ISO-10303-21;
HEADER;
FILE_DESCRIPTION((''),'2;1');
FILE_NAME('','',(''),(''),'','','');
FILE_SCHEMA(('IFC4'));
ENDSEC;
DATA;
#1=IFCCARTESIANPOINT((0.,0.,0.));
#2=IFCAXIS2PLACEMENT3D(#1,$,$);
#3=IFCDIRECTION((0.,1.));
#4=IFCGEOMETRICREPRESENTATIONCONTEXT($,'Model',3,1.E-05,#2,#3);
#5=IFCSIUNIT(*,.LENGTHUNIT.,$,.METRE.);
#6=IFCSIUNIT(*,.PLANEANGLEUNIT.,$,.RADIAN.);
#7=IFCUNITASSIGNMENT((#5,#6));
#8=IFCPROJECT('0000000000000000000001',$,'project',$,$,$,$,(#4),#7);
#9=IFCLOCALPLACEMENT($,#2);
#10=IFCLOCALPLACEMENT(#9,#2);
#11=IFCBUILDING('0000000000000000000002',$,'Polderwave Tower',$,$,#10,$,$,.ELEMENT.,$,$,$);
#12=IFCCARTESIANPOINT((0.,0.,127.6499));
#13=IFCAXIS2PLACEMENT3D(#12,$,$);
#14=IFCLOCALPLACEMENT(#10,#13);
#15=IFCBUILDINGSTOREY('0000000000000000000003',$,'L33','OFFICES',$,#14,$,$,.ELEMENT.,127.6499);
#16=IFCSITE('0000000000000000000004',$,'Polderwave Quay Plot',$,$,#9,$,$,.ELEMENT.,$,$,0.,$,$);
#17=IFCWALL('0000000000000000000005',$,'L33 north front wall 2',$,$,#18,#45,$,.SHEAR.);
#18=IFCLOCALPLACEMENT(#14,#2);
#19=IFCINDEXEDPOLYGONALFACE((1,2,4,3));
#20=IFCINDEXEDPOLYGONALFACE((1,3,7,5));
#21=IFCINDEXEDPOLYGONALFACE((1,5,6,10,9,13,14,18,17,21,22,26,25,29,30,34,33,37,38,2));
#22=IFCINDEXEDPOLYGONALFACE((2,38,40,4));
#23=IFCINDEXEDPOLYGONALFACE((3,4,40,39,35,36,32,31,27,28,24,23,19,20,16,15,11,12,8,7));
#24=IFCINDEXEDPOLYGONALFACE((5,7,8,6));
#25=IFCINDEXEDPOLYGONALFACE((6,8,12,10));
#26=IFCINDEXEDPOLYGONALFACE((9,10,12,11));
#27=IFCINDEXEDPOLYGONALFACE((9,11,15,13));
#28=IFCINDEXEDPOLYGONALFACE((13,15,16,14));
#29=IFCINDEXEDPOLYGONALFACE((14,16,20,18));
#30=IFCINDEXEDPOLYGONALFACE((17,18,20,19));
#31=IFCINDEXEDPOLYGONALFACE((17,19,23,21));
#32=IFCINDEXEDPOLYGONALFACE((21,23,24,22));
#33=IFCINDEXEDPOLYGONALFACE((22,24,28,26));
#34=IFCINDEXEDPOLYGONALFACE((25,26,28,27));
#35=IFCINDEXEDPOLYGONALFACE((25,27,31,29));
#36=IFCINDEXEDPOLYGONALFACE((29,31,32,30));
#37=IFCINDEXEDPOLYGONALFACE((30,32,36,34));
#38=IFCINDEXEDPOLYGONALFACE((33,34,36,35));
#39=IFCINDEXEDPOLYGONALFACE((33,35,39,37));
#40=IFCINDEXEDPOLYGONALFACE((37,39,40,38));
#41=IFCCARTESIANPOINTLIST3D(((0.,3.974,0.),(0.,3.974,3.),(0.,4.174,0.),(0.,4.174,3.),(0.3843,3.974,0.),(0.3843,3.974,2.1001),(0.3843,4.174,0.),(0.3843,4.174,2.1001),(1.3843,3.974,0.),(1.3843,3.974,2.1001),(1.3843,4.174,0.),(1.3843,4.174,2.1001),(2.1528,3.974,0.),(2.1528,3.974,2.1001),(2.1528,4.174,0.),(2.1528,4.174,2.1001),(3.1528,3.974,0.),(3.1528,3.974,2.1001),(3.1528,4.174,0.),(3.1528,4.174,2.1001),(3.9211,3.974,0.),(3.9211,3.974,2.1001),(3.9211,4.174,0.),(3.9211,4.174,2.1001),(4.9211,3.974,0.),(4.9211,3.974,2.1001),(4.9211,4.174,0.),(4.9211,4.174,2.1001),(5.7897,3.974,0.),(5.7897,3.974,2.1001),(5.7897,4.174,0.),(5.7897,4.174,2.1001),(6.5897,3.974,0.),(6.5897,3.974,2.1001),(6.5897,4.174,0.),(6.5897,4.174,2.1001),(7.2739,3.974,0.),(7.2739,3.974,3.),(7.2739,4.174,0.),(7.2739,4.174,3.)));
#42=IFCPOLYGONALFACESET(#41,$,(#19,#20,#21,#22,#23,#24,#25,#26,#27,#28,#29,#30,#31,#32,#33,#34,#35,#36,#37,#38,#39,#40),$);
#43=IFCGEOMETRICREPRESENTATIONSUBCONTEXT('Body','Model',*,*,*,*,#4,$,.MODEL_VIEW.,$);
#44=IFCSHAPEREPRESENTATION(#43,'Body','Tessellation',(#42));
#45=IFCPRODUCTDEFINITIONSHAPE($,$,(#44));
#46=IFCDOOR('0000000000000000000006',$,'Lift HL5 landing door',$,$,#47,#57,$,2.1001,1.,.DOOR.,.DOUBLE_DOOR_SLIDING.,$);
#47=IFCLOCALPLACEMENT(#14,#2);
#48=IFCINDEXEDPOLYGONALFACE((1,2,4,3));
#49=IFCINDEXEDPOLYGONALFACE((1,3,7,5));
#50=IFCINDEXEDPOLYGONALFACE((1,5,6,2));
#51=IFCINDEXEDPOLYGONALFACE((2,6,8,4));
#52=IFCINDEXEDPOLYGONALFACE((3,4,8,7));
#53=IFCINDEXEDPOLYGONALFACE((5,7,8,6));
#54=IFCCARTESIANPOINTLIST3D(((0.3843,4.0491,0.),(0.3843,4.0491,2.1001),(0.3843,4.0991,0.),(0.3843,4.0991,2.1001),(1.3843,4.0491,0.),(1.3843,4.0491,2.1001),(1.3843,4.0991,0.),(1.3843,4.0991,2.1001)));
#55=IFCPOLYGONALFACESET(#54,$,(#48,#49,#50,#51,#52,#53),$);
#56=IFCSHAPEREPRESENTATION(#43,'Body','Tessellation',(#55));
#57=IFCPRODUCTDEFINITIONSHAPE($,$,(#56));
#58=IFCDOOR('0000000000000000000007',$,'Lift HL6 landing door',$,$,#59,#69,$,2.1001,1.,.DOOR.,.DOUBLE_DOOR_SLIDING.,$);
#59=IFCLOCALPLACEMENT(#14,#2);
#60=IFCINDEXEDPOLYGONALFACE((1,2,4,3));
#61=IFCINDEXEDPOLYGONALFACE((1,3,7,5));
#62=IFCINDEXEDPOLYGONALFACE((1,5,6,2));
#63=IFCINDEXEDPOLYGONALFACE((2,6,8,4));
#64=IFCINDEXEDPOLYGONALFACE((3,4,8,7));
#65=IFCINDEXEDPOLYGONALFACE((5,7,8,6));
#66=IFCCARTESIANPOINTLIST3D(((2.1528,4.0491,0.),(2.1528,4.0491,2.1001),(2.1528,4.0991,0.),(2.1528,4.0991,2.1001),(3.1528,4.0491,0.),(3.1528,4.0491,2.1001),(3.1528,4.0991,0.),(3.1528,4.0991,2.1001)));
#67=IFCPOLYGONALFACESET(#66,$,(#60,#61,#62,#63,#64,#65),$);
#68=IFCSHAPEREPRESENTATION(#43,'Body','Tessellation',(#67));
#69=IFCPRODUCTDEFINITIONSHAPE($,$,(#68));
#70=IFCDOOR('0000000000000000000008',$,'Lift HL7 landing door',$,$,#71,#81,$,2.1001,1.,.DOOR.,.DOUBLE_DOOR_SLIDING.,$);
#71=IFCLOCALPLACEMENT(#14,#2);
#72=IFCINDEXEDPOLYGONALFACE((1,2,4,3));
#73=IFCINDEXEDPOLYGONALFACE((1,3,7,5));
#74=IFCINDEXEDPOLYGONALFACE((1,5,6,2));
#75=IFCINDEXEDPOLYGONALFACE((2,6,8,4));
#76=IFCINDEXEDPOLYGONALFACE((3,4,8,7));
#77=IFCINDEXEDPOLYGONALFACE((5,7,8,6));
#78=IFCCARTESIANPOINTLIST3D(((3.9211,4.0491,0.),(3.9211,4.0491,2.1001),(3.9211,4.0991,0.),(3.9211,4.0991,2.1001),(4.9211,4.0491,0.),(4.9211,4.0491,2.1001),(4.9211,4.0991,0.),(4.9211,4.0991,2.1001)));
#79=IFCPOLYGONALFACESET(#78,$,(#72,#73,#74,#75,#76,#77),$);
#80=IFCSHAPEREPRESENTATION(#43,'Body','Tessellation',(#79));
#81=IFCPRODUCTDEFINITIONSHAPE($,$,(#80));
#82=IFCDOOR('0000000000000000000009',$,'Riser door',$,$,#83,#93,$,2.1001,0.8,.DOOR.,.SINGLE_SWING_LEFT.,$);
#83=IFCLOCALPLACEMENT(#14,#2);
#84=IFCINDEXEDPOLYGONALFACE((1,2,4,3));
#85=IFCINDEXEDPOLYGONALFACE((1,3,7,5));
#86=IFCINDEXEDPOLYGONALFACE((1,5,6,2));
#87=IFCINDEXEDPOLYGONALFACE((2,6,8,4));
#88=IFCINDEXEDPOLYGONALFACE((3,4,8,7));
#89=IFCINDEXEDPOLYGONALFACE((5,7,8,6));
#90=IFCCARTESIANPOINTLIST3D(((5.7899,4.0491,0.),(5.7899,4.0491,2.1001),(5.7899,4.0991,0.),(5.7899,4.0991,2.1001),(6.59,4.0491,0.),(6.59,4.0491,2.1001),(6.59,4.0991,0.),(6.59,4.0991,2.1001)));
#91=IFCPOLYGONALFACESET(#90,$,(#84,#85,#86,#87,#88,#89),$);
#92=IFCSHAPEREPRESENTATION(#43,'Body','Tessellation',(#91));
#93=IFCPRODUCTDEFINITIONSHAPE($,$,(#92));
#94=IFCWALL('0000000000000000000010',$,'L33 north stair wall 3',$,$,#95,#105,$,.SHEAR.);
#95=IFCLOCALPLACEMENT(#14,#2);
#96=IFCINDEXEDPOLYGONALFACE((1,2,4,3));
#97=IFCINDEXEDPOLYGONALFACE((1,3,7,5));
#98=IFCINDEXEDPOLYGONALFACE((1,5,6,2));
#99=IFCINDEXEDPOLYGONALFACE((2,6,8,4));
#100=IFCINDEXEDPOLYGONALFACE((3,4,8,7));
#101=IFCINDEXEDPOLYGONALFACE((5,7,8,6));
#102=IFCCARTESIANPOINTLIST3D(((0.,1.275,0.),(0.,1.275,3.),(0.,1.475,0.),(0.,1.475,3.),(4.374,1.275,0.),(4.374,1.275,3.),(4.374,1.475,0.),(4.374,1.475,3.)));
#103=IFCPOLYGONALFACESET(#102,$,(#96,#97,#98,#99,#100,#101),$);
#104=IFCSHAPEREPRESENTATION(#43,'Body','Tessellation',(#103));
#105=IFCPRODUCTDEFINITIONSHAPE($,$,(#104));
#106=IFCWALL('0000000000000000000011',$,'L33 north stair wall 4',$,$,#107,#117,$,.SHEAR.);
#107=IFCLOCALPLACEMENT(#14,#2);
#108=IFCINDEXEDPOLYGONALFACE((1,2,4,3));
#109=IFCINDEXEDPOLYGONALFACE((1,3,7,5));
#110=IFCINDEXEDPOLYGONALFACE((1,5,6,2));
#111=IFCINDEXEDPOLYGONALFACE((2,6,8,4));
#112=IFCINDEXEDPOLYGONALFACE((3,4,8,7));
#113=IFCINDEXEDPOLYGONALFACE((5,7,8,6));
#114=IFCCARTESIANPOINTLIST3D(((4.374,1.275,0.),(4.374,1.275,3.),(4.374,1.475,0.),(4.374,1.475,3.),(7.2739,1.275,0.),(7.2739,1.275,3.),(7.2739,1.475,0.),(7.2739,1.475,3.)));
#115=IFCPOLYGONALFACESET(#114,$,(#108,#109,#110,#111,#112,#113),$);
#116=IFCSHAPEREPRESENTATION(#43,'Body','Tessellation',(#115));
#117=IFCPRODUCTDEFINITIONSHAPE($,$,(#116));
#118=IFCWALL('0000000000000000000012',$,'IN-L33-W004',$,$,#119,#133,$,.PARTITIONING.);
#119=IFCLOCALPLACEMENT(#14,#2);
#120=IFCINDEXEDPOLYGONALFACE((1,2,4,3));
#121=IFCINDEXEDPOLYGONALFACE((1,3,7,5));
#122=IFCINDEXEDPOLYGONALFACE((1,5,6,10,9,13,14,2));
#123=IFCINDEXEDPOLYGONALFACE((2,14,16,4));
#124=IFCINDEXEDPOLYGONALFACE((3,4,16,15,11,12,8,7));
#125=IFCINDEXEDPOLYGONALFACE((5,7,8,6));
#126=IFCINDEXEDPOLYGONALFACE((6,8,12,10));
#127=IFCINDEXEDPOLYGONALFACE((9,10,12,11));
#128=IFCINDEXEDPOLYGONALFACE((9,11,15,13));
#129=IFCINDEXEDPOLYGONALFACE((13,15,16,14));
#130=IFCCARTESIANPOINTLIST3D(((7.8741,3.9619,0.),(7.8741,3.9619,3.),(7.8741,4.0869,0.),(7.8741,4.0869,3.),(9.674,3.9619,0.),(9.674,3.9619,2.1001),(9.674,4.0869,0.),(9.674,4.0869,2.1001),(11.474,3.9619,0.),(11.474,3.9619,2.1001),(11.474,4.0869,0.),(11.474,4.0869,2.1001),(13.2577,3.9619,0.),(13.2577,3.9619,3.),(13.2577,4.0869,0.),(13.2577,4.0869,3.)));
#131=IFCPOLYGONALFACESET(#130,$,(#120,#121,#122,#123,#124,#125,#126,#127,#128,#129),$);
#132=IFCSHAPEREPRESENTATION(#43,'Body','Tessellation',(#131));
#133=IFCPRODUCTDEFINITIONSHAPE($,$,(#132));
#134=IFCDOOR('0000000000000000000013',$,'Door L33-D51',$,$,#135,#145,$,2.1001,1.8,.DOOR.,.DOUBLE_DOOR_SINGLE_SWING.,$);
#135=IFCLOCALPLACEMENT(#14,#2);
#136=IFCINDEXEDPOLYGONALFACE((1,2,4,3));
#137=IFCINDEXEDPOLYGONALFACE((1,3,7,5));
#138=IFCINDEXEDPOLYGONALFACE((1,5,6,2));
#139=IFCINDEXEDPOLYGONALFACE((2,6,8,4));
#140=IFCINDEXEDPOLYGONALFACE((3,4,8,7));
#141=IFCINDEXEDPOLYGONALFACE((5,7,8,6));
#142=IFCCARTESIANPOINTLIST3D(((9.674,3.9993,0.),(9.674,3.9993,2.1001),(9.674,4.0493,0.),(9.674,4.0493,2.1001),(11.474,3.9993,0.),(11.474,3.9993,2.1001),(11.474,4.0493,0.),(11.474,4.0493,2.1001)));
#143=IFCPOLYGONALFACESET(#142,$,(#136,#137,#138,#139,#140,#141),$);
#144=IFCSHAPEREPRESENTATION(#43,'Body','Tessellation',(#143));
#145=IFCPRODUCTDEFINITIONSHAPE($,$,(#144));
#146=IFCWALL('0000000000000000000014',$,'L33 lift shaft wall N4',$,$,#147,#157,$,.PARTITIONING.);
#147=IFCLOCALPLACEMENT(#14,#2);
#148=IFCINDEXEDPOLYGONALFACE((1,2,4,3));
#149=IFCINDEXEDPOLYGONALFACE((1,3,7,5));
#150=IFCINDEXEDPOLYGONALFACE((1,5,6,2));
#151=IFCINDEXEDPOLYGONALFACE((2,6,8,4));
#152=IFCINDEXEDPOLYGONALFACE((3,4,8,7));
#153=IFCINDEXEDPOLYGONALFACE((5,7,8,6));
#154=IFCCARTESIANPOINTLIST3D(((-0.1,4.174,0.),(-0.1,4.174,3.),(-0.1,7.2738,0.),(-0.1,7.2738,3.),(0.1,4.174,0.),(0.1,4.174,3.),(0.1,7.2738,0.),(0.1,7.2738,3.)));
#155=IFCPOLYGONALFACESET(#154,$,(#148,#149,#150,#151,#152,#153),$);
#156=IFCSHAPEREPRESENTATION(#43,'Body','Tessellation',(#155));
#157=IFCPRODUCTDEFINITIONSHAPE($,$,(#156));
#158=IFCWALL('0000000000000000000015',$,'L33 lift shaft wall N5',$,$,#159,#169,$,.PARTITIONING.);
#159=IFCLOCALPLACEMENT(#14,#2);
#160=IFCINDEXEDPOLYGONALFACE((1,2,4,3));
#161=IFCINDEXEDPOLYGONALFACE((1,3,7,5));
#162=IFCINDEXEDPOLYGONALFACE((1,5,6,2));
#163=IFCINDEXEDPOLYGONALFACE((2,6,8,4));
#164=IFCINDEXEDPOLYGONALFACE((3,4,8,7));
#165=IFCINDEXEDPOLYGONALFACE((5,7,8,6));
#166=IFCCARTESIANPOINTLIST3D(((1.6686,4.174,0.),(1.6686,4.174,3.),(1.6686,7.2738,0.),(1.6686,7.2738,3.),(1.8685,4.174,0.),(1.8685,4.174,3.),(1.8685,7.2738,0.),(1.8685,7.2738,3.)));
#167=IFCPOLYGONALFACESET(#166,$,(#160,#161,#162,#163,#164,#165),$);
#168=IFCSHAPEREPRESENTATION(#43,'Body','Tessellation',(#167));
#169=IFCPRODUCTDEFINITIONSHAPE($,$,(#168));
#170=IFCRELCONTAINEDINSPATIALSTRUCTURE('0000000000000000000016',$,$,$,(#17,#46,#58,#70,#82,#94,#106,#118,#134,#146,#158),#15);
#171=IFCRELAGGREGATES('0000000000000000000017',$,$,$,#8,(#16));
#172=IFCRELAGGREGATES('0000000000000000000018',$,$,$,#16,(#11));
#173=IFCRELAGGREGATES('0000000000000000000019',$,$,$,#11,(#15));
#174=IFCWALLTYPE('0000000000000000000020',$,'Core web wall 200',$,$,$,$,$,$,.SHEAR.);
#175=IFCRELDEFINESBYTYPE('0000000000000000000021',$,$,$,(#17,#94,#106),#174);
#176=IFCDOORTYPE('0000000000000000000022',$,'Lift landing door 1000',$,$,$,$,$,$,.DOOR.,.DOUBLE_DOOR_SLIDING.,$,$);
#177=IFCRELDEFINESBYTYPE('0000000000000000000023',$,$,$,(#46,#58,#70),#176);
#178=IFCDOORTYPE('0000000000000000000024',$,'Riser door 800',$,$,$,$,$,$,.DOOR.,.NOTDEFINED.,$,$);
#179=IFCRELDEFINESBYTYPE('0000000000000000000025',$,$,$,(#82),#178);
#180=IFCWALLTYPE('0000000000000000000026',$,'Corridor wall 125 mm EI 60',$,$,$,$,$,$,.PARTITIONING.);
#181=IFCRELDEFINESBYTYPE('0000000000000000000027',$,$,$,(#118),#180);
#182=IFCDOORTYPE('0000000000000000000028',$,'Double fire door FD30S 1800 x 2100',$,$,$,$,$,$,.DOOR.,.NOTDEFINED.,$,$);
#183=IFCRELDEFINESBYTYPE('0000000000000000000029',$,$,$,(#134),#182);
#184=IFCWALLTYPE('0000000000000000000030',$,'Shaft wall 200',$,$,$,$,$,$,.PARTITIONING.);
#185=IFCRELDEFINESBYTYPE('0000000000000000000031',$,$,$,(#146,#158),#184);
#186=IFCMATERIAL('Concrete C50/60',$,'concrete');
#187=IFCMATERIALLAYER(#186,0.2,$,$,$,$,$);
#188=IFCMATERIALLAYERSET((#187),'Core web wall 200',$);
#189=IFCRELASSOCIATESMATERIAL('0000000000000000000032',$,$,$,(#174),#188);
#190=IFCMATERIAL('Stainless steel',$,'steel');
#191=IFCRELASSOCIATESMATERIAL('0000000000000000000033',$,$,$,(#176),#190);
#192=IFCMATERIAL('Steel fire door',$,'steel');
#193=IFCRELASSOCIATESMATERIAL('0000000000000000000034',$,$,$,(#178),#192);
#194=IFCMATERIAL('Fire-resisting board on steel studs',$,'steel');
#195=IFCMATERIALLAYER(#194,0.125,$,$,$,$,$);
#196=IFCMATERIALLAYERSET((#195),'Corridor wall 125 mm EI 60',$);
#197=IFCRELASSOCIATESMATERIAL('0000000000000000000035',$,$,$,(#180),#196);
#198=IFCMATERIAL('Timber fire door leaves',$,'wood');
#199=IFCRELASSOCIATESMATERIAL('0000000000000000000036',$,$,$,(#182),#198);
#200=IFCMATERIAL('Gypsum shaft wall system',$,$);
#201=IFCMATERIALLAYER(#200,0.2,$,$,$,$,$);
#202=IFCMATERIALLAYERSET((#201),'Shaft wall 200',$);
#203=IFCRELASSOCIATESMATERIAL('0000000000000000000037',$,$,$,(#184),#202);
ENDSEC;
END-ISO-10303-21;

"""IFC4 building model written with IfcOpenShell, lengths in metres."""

from ifc_helpers import new_model, si_unit, direction, frame, frame_2d, origin, place, context, subcontext, project, spatial, rectangle, extrude, material, layer, layer_set, type_object, element, fill, save


model = new_model("IFC4")

# Units and contexts
model_context = context("Model", 3, precision=1e-05, world=origin(), true_north=direction((0.0, 1.0)))
body_context = subcontext(model_context, "Body", "Model", "MODEL_VIEW")
ifc_project = project(units=[si_unit("LENGTHUNIT", "METRE"), si_unit("PLANEANGLEUNIT", "RADIAN")], contexts=[model_context])

# Site, building, storey
site_placement = place(None, origin())
site = spatial("IfcSite", under=ifc_project, at=site_placement, Name="Polderwave Quay Plot", CompositionType="ELEMENT", RefElevation=0.0)
building_placement = place(site_placement, origin())
building = spatial("IfcBuilding", under=site, at=building_placement, Name="Polderwave Tower", CompositionType="ELEMENT")
storey_placement = place(building_placement, frame((0.0, 0.0, 127.6499)))
storey = spatial("IfcBuildingStorey", under=building, at=storey_placement, Name="L33", Description="OFFICES", CompositionType="ELEMENT", Elevation=127.6499)

# Wall, openings, doors
ifc_material_1 = material(Name="Concrete C50/60", Category="concrete")
ifc_layer_1 = layer(ifc_material_1, 0.2)
ifc_layer_set_1 = layer_set([ifc_layer_1], Name="Core web wall 200")
wall_type_1 = type_object("IfcWallType", Name="Core web wall 200", PredefinedType="SHEAR", material=ifc_layer_set_1)
wall_1_placement = place(storey_placement, frame((0.0, 4.074, 0.0), z_axis=(0.0, 0.0, 1.0), x_axis=(1.0, 0.0, 0.0)))
wall_1 = element("IfcWall", 1, at=wall_1_placement, inside=storey, type_object=wall_type_1, Name="L33 north front wall 2", PredefinedType="SHEAR", context=body_context, shape_type="SweptSolid", body=[
    extrude(rectangle(XDim=7.2739, YDim=0.2, at=frame_2d((3.637, 0.0))), origin(), (0.0, 0.0, 1.0), 3.0),
])
opening_1_placement = place(wall_1_placement, frame((0.3843, 0.0, 0.0)))
opening_1 = element("IfcOpeningElement", 2, at=opening_1_placement, cuts=wall_1, PredefinedType="OPENING", context=body_context, shape_type="SweptSolid", body=[
    extrude(rectangle(XDim=1.0, YDim=2.1001, at=frame_2d((0.5, 1.05))), frame((0.0, 0.1099, 0.0), z_axis=(0.0, -1.0, 0.0), x_axis=(1.0, 0.0, 0.0)), (0.0, 0.0, 1.0), 0.22),
])
opening_2_placement = place(wall_1_placement, frame((2.1528, 0.0, 0.0)))
opening_2 = element("IfcOpeningElement", 3, at=opening_2_placement, cuts=wall_1, PredefinedType="OPENING", context=body_context, shape_type="SweptSolid", body=[
    extrude(rectangle(XDim=1.0, YDim=2.1001, at=frame_2d((0.5, 1.05))), frame((0.0, 0.1099, 0.0), z_axis=(0.0, -1.0, 0.0), x_axis=(1.0, 0.0, 0.0)), (0.0, 0.0, 1.0), 0.22),
])
opening_3_placement = place(wall_1_placement, frame((3.9211, 0.0, 0.0)))
opening_3 = element("IfcOpeningElement", 4, at=opening_3_placement, cuts=wall_1, PredefinedType="OPENING", context=body_context, shape_type="SweptSolid", body=[
    extrude(rectangle(XDim=1.0, YDim=2.1001, at=frame_2d((0.5, 1.05))), frame((0.0, 0.1099, 0.0), z_axis=(0.0, -1.0, 0.0), x_axis=(1.0, 0.0, 0.0)), (0.0, 0.0, 1.0), 0.22),
])
opening_4_placement = place(wall_1_placement, frame((5.7898, 0.0, 0.0)))
opening_4 = element("IfcOpeningElement", 5, at=opening_4_placement, cuts=wall_1, PredefinedType="OPENING", context=body_context, shape_type="SweptSolid", body=[
    extrude(rectangle(XDim=0.8, YDim=2.1001, at=frame_2d((0.3999, 1.05))), frame((0.0, 0.1099, 0.0), z_axis=(0.0, -1.0, 0.0), x_axis=(1.0, 0.0, 0.0)), (0.0, 0.0, 1.0), 0.22),
])
ifc_material_2 = material(Name="Stainless steel", Category="steel")
door_type_1 = type_object("IfcDoorType", Name="Lift landing door 1000", OperationType="DOUBLE_DOOR_SLIDING", PredefinedType="DOOR", material=ifc_material_2)
door_1_placement = place(opening_1_placement, frame((1.0, 0.0, 0.0), z_axis=(0.0, 0.0, 1.0), x_axis=(-1.0, 0.0, 0.0)))
door_1 = element("IfcDoor", 6, at=door_1_placement, inside=storey, type_object=door_type_1, Name="Lift HL5 landing door", OperationType="DOUBLE_DOOR_SLIDING", OverallHeight=2.1001, OverallWidth=1.0, PredefinedType="DOOR", context=body_context, shape_type="SweptSolid", body=[
    extrude(rectangle(XDim=1.0, YDim=2.1001, at=frame_2d((0.5, 1.05))), frame((0.0, 0.0249, 0.0), z_axis=(0.0, -1.0, 0.0), x_axis=(1.0, 0.0, 0.0)), (0.0, 0.0, 1.0), 0.05),
])
fill(opening_1, door_1)
door_2_placement = place(opening_2_placement, frame((1.0, 0.0, 0.0), z_axis=(0.0, 0.0, 1.0), x_axis=(-1.0, 0.0, 0.0)))
door_2 = element("IfcDoor", 7, at=door_2_placement, inside=storey, type_object=door_type_1, Name="Lift HL6 landing door", OperationType="DOUBLE_DOOR_SLIDING", OverallHeight=2.1001, OverallWidth=1.0, PredefinedType="DOOR", context=body_context, shape_type="SweptSolid", body=[
    extrude(rectangle(XDim=1.0, YDim=2.1001, at=frame_2d((0.5, 1.05))), frame((0.0, 0.0249, 0.0), z_axis=(0.0, -1.0, 0.0), x_axis=(1.0, 0.0, 0.0)), (0.0, 0.0, 1.0), 0.05),
])
fill(opening_2, door_2)
door_3_placement = place(opening_3_placement, frame((1.0, 0.0, 0.0), z_axis=(0.0, 0.0, 1.0), x_axis=(-1.0, 0.0, 0.0)))
door_3 = element("IfcDoor", 8, at=door_3_placement, inside=storey, type_object=door_type_1, Name="Lift HL7 landing door", OperationType="DOUBLE_DOOR_SLIDING", OverallHeight=2.1001, OverallWidth=1.0, PredefinedType="DOOR", context=body_context, shape_type="SweptSolid", body=[
    extrude(rectangle(XDim=1.0, YDim=2.1001, at=frame_2d((0.5, 1.05))), frame((0.0, 0.0249, 0.0), z_axis=(0.0, -1.0, 0.0), x_axis=(1.0, 0.0, 0.0)), (0.0, 0.0, 1.0), 0.05),
])
fill(opening_3, door_3)
ifc_material_3 = material(Name="Steel fire door", Category="steel")
door_type_2 = type_object("IfcDoorType", Name="Riser door 800", OperationType="NOTDEFINED", PredefinedType="DOOR", material=ifc_material_3)
door_4_placement = place(opening_4_placement, frame((0.8, 0.0, 0.0), z_axis=(0.0, 0.0, 1.0), x_axis=(-1.0, 0.0, 0.0)))
door_4 = element("IfcDoor", 9, at=door_4_placement, inside=storey, type_object=door_type_2, Name="Riser door", OperationType="SINGLE_SWING_LEFT", OverallHeight=2.1001, OverallWidth=0.8, PredefinedType="DOOR", context=body_context, shape_type="SweptSolid", body=[
    extrude(rectangle(XDim=0.8, YDim=2.1001, at=frame_2d((0.3999, 1.05))), frame((0.0, 0.0249, 0.0), z_axis=(0.0, -1.0, 0.0), x_axis=(1.0, 0.0, 0.0)), (0.0, 0.0, 1.0), 0.05),
])
fill(opening_4, door_4)

# Walls
wall_2_placement = place(storey_placement, frame((0.0, 1.375, 0.0), z_axis=(0.0, 0.0, 1.0), x_axis=(1.0, 0.0, 0.0)))
element("IfcWall", 10, at=wall_2_placement, inside=storey, type_object=wall_type_1, Name="L33 north stair wall 3", PredefinedType="SHEAR", context=body_context, shape_type="SweptSolid", body=[
    extrude(rectangle(XDim=4.374, YDim=0.2, at=frame_2d((2.187, 0.0))), origin(), (0.0, 0.0, 1.0), 3.0),
])
wall_3_placement = place(storey_placement, frame((4.374, 1.375, 0.0), z_axis=(0.0, 0.0, 1.0), x_axis=(1.0, 0.0, 0.0)))
element("IfcWall", 11, at=wall_3_placement, inside=storey, type_object=wall_type_1, Name="L33 north stair wall 4", PredefinedType="SHEAR", context=body_context, shape_type="SweptSolid", body=[
    extrude(rectangle(XDim=2.8999, YDim=0.2, at=frame_2d((1.45, 0.0))), origin(), (0.0, 0.0, 1.0), 3.0),
])

# Wall, opening, door
ifc_material_4 = material(Name="Fire-resisting board on steel studs", Category="steel")
ifc_layer_2 = layer(ifc_material_4, 0.125)
ifc_layer_set_2 = layer_set([ifc_layer_2], Name="Corridor wall 125 mm EI 60")
wall_type_2 = type_object("IfcWallType", Name="Corridor wall 125 mm EI 60", PredefinedType="PARTITIONING", material=ifc_layer_set_2)
wall_4_placement = place(storey_placement, frame((7.874, 4.0244, 0.0), z_axis=(0.0, 0.0, 1.0), x_axis=(1.0, 0.0, 0.0)))
wall_4 = element("IfcWall", 12, at=wall_4_placement, inside=storey, type_object=wall_type_2, Name="IN-L33-W004", PredefinedType="PARTITIONING", context=body_context, shape_type="SweptSolid", body=[
    extrude(rectangle(XDim=5.3835, YDim=0.125, at=frame_2d((2.6919, 0.0))), origin(), (0.0, 0.0, 1.0), 3.0),
])
opening_5_placement = place(wall_4_placement, frame((1.8, 0.0, 0.0)))
opening_5 = element("IfcOpeningElement", 13, at=opening_5_placement, cuts=wall_4, PredefinedType="OPENING", context=body_context, shape_type="SweptSolid", body=[
    extrude(rectangle(XDim=1.8, YDim=2.1001, at=frame_2d((0.8999, 1.05))), frame((0.0, 0.0725, 0.0), z_axis=(0.0, -1.0, 0.0), x_axis=(1.0, 0.0, 0.0)), (0.0, 0.0, 1.0), 0.145),
])
ifc_material_5 = material(Name="Timber fire door leaves", Category="wood")
door_type_3 = type_object("IfcDoorType", Name="Double fire door FD30S 1800 x 2100", OperationType="NOTDEFINED", PredefinedType="DOOR", material=ifc_material_5)
door_5_placement = place(opening_5_placement, origin())
door_5 = element("IfcDoor", 14, at=door_5_placement, inside=storey, type_object=door_type_3, Name="Door L33-D51", OperationType="DOUBLE_DOOR_SINGLE_SWING", OverallHeight=2.1001, OverallWidth=1.8, PredefinedType="DOOR", context=body_context, shape_type="SweptSolid", body=[
    extrude(rectangle(XDim=1.8, YDim=2.1001, at=frame_2d((0.8999, 1.05))), frame((0.0, 0.0249, 0.0), z_axis=(0.0, -1.0, 0.0), x_axis=(1.0, 0.0, 0.0)), (0.0, 0.0, 1.0), 0.05),
])
fill(opening_5, door_5)

# Walls
ifc_material_6 = material(Name="Gypsum shaft wall system")
ifc_layer_3 = layer(ifc_material_6, 0.2)
ifc_layer_set_3 = layer_set([ifc_layer_3], Name="Shaft wall 200")
wall_type_3 = type_object("IfcWallType", Name="Shaft wall 200", PredefinedType="PARTITIONING", material=ifc_layer_set_3)
for number, where, z_axis, x_axis, name in (
    (15, (0.0, 4.1741, 0.0), (0.0, 0.0, 1.0), (0.0, 1.0, 0.0), "L33 lift shaft wall N4"),
    (16, (1.7686, 4.1741, 0.0), (0.0, 0.0, 1.0), (0.0, 1.0, 0.0), "L33 lift shaft wall N5"),
):
    element("IfcWall", number, at=place(storey_placement, frame(where, z_axis=z_axis, x_axis=x_axis)), inside=storey, type_object=wall_type_3, Name=name, PredefinedType="PARTITIONING", context=body_context, shape_type="SweptSolid", body=[
        extrude(rectangle(XDim=3.0999, YDim=0.2, at=frame_2d((1.5498, 0.0))), origin(), (0.0, 0.0, 1.0), 3.0),
    ])

save(model, "model.ifc")
